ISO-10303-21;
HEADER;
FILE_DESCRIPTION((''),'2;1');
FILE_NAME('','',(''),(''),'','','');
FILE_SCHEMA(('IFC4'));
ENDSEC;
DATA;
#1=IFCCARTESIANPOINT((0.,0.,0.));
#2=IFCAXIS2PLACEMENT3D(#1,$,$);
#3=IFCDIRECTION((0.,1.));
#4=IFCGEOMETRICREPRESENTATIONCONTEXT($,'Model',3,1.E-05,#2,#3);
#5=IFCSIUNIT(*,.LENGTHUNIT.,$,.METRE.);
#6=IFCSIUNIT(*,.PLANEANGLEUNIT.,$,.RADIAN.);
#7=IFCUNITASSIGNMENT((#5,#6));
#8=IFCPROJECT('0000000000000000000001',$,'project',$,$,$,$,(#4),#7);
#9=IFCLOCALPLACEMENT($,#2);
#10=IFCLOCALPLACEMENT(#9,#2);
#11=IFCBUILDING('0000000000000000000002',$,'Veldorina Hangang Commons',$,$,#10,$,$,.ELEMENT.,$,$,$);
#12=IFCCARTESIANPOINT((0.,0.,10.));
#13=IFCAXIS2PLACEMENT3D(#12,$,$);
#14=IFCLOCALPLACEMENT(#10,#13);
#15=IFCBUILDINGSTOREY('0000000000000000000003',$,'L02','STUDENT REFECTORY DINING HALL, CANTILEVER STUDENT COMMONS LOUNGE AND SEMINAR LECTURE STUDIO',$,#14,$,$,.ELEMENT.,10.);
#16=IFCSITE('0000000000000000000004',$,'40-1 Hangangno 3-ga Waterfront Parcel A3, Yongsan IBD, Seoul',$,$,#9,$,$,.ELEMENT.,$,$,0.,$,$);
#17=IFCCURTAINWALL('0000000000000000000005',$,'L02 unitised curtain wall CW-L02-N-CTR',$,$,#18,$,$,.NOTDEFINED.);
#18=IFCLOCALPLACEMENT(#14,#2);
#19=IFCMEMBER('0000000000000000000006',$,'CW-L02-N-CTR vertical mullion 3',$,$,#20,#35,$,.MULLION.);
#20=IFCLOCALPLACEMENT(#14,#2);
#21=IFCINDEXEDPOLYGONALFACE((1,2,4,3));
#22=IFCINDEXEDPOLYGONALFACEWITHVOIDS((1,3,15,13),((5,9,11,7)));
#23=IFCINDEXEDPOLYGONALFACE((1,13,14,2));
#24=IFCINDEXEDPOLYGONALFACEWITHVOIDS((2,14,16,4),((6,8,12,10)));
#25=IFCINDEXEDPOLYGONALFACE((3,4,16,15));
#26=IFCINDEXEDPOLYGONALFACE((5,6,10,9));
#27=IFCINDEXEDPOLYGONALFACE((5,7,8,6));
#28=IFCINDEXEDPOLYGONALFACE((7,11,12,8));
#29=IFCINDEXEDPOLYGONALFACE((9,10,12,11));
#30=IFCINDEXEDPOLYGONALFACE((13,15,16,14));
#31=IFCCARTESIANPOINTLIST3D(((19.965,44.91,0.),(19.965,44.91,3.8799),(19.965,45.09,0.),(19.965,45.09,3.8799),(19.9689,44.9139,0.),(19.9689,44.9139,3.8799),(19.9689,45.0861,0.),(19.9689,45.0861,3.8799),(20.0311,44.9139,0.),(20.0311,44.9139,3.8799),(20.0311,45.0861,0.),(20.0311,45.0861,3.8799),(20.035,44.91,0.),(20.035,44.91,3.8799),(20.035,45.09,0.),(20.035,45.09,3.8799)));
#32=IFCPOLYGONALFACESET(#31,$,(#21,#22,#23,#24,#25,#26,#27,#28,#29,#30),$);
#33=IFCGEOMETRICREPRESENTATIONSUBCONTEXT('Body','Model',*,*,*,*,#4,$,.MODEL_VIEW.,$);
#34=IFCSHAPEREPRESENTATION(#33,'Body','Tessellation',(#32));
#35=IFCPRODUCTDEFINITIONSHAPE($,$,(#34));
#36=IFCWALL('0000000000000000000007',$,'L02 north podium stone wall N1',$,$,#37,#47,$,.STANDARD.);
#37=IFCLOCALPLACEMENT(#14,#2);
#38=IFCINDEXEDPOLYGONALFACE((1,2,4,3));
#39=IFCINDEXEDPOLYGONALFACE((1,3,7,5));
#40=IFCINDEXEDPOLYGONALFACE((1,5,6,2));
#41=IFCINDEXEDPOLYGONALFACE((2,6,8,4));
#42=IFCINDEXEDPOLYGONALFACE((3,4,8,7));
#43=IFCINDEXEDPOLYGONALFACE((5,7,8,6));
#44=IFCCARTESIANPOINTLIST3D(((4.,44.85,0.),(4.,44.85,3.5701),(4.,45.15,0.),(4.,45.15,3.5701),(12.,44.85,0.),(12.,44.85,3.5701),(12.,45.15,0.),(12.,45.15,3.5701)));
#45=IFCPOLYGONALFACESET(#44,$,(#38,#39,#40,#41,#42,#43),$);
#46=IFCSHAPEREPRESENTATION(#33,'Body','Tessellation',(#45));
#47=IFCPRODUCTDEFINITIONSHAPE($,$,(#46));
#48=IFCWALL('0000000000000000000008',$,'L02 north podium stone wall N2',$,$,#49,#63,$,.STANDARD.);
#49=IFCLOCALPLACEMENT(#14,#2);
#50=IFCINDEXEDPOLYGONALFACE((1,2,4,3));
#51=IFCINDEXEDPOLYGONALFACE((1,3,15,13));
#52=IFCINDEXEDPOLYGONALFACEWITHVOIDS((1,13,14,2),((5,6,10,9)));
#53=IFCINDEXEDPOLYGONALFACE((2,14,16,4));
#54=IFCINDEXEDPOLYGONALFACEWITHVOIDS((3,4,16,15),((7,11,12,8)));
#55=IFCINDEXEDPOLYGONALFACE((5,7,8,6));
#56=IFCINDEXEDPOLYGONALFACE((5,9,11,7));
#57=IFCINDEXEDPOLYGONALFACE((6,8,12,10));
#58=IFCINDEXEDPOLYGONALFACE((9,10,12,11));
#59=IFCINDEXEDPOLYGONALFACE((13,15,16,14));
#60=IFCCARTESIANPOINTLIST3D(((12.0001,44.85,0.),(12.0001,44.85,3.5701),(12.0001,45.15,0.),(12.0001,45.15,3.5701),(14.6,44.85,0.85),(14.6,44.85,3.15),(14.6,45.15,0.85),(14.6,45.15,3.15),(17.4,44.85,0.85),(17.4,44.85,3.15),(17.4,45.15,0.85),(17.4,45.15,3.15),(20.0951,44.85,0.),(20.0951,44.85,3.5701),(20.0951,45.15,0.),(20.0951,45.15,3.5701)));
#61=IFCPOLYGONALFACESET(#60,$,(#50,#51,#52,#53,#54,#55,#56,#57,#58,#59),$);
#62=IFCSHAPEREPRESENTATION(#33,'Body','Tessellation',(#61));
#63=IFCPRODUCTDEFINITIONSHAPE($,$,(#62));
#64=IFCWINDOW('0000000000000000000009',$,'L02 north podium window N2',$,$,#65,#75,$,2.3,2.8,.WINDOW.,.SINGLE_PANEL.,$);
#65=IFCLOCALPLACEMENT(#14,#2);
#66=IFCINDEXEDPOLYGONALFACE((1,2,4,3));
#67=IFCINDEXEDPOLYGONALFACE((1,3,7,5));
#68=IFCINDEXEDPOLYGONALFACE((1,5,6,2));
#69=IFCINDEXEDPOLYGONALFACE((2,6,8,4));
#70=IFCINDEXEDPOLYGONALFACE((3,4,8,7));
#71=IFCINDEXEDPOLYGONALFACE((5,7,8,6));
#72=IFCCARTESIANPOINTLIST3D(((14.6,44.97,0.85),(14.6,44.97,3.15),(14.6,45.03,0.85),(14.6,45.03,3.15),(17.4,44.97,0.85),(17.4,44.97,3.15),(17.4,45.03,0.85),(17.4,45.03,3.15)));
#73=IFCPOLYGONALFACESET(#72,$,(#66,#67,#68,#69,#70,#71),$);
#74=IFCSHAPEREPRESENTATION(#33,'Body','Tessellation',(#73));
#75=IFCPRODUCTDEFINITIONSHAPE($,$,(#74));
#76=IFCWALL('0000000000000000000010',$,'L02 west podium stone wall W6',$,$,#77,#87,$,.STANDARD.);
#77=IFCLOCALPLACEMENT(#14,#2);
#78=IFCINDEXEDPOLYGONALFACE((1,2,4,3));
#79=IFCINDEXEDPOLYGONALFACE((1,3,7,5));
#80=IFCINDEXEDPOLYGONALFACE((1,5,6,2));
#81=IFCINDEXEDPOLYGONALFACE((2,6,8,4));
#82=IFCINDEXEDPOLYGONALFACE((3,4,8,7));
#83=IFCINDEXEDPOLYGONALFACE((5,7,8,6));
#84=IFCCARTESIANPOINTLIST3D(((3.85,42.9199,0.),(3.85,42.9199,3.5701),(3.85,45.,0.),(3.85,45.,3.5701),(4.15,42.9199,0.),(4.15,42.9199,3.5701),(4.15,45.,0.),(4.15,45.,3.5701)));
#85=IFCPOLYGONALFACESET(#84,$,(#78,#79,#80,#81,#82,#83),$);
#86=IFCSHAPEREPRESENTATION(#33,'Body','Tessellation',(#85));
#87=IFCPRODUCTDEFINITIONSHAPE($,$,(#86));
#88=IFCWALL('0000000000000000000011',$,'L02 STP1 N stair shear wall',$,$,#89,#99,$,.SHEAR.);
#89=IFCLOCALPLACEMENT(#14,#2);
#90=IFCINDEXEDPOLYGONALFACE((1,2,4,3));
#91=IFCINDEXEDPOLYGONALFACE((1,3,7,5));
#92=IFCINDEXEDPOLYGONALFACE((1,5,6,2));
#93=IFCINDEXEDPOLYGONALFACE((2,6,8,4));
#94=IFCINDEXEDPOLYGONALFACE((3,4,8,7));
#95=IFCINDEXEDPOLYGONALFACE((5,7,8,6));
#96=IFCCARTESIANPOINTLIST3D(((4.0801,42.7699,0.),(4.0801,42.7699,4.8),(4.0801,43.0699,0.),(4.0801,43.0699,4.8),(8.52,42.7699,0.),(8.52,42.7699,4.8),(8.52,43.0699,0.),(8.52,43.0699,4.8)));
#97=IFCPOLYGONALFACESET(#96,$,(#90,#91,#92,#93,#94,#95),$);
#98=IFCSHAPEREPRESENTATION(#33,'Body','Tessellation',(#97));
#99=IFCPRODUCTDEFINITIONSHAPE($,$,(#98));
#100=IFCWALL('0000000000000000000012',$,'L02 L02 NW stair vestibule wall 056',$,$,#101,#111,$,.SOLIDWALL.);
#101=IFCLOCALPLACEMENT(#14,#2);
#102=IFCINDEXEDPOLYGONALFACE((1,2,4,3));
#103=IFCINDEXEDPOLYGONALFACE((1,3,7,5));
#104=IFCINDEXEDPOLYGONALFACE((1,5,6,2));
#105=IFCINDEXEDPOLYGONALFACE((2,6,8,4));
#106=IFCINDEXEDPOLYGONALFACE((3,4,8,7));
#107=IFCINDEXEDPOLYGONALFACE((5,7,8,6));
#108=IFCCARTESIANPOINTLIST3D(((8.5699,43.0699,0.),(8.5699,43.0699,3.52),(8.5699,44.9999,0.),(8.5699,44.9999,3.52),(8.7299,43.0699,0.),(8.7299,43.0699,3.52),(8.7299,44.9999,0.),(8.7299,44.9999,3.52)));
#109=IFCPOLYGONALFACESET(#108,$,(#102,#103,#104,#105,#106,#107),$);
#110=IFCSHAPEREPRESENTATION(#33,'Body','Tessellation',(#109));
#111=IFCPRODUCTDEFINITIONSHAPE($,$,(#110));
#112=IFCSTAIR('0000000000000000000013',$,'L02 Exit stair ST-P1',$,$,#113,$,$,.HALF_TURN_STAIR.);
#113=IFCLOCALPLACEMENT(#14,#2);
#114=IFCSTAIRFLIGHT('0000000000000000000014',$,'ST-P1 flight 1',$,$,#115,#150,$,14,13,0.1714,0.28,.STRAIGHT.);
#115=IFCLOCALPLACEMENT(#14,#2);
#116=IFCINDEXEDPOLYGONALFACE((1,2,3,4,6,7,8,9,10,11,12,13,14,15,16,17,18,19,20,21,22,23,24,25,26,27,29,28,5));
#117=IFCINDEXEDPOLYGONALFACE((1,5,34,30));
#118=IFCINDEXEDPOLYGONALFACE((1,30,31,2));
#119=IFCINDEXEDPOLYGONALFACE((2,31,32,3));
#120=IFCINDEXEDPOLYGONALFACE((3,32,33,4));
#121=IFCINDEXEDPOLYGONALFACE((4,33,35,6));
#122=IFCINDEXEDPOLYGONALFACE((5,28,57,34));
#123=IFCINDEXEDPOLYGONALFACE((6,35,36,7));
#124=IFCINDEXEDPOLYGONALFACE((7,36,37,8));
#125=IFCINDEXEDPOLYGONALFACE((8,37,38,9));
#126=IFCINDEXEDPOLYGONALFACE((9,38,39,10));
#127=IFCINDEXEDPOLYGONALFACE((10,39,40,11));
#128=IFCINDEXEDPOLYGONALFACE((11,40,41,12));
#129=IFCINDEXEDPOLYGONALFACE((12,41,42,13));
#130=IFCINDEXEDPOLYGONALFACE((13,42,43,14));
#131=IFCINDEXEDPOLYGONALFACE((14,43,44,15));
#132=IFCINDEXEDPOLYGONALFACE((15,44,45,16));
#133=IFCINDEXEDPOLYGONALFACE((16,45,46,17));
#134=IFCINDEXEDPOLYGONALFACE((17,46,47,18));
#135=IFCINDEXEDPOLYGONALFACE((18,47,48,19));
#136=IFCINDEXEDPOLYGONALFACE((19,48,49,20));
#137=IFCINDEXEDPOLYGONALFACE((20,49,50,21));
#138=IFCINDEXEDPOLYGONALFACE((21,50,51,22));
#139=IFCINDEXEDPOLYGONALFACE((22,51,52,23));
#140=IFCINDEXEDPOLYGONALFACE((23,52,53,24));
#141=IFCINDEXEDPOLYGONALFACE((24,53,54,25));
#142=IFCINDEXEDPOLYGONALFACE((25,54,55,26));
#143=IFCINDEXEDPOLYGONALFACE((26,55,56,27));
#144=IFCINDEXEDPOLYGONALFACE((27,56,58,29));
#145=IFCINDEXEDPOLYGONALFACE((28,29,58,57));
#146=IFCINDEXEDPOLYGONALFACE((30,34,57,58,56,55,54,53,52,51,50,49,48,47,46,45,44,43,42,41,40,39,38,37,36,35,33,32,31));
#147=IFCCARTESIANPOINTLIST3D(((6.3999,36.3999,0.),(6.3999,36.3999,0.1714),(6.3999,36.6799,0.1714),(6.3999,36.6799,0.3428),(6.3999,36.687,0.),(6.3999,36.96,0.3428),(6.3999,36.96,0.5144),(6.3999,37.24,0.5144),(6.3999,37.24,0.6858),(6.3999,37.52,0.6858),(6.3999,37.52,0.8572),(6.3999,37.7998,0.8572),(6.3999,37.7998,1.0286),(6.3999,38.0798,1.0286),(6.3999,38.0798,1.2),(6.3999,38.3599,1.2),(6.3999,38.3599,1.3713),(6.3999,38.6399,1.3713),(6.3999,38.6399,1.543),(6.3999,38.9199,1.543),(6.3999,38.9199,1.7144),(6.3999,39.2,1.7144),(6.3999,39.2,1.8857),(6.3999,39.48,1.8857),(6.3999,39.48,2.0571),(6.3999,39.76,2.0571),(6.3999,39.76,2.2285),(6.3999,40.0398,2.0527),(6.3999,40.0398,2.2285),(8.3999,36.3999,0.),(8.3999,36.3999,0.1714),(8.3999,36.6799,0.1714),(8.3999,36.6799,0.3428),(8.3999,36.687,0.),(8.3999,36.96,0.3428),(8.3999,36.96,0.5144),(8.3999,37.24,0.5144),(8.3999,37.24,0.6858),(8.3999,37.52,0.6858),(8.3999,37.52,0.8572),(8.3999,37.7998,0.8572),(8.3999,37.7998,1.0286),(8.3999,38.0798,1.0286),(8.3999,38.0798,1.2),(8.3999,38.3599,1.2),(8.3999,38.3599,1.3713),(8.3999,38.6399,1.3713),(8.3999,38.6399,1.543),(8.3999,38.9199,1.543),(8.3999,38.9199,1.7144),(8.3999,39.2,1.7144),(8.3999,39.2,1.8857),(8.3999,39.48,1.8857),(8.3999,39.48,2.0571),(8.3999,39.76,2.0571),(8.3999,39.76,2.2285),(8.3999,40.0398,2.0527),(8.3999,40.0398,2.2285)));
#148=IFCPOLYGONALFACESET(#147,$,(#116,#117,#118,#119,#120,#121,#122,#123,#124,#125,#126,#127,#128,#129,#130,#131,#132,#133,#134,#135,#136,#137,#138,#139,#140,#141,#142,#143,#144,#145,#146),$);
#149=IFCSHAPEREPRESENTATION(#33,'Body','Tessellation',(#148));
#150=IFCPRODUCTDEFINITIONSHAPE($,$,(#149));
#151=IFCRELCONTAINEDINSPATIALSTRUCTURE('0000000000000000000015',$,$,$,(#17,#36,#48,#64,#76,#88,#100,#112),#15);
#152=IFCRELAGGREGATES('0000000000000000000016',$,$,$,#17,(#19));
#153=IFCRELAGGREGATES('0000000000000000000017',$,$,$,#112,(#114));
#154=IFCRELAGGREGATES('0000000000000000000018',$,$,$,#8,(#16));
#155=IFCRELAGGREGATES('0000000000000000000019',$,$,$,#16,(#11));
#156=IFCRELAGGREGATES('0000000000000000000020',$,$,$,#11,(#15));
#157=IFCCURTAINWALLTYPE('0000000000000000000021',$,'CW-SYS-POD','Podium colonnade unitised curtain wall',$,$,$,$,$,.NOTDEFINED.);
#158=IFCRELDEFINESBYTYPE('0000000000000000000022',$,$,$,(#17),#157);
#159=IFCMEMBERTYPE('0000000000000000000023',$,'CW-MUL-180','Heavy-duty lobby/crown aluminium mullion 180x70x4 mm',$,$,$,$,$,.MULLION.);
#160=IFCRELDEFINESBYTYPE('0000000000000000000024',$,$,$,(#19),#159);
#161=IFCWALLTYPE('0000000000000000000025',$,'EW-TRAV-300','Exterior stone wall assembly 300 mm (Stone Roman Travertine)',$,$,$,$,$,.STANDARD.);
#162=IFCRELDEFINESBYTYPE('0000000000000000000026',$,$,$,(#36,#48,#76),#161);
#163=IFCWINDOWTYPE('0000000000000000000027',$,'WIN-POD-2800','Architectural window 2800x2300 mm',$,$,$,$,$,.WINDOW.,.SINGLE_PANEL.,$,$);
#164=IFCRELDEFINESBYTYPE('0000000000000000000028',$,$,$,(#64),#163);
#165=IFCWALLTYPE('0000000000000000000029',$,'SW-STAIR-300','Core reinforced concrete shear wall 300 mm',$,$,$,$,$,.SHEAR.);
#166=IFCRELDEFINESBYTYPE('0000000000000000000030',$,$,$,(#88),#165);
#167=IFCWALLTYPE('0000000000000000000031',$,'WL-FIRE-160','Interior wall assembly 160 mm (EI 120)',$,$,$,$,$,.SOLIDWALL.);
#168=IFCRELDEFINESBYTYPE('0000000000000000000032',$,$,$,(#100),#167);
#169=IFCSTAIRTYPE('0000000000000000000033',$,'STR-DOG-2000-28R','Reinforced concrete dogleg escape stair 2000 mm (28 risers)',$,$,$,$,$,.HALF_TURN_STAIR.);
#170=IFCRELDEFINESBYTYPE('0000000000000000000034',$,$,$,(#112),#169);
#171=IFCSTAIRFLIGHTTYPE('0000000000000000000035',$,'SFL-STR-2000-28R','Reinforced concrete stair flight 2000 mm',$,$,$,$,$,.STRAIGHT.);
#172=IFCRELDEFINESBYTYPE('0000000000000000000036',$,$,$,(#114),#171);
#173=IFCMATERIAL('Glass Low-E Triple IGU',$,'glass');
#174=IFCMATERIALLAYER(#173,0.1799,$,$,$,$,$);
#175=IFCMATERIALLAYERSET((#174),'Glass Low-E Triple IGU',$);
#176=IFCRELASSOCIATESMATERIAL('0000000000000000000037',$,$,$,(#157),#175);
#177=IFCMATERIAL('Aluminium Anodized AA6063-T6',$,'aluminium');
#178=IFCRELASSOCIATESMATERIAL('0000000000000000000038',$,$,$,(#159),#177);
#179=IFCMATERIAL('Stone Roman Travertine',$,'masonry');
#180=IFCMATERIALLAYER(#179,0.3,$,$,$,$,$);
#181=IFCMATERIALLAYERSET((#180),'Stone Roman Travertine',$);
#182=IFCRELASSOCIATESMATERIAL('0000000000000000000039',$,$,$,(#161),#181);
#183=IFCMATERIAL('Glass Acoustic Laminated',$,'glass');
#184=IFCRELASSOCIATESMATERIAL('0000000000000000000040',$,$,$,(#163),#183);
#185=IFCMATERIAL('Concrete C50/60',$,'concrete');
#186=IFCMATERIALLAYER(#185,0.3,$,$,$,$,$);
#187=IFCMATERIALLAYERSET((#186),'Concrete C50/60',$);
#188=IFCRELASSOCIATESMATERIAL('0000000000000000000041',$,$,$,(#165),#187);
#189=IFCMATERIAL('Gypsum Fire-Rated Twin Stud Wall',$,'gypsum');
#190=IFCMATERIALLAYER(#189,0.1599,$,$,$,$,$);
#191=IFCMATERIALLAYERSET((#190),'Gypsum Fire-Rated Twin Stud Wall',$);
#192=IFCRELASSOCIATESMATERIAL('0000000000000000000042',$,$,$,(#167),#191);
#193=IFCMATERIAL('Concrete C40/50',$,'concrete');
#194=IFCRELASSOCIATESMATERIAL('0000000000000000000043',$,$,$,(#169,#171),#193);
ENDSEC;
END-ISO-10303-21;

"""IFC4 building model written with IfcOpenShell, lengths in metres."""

from ifc_helpers import new_model, si_unit, direction, frame, frame_2d, origin, origin_2d, place, context, subcontext, project, spatial, polyline, rectangle, hollow_rectangle, outline, extrude, material, layer, layer_set, material_profile, profile_set, type_object, element, fill, aggregate, save


model = new_model("IFC4")

# Units and contexts
model_context = context("Model", 3, precision=1e-05, world=origin(), true_north=direction((0.0, 1.0)))
body_context = subcontext(model_context, "Body", "Model", "MODEL_VIEW")
ifc_project = project(units=[si_unit("LENGTHUNIT", "METRE"), si_unit("PLANEANGLEUNIT", "RADIAN")], contexts=[model_context])

# Site, building, storey
site_placement = place(None, origin())
site = spatial("IfcSite", under=ifc_project, at=site_placement, Name="40-1 Hangangno 3-ga Waterfront Parcel A3, Yongsan IBD, Seoul", CompositionType="ELEMENT", RefElevation=0.0)
building_placement = place(site_placement, origin())
building = spatial("IfcBuilding", under=site, at=building_placement, Name="Veldorina Hangang Commons", CompositionType="ELEMENT")
storey_placement = place(building_placement, frame((0.0, 0.0, 10.0)))
storey = spatial("IfcBuildingStorey", under=building, at=storey_placement, Name="L02", Description="STUDENT REFECTORY DINING HALL, CANTILEVER STUDENT COMMONS LOUNGE AND SEMINAR LECTURE STUDIO", CompositionType="ELEMENT", Elevation=10.0)

# Curtain wall, member
ifc_material_1 = material(Name="Glass Low-E Triple IGU", Category="glass")
ifc_layer_1 = layer(ifc_material_1, 0.1799)
ifc_layer_set_1 = layer_set([ifc_layer_1], Name="Glass Low-E Triple IGU")
curtain_wall_type = type_object("IfcCurtainWallType", Name="CW-SYS-POD", Description="Podium colonnade unitised curtain wall", PredefinedType="NOTDEFINED", material=ifc_layer_set_1)
curtain_wall_placement = place(storey_placement, origin())
curtain_wall = element("IfcCurtainWall", 1, at=curtain_wall_placement, inside=storey, type_object=curtain_wall_type, Name="L02 unitised curtain wall CW-L02-N-CTR", PredefinedType="NOTDEFINED")
ifc_material_2 = material(Name="Aluminium Anodized AA6063-T6", Category="aluminium")
ifc_material_profile_1 = material_profile(ifc_material_2, hollow_rectangle(XDim=0.0701, YDim=0.1799, WallThickness=0.0039, at=origin_2d()), Name="ALU-RHS-180x70x4")
ifc_profile_set_1 = profile_set([ifc_material_profile_1], Name="Aluminium Anodized AA6063-T6")
member_type = type_object("IfcMemberType", Name="CW-MUL-180", Description="Heavy-duty lobby/crown aluminium mullion 180x70x4 mm", PredefinedType="MULLION", material=ifc_profile_set_1)
member_placement = place(storey_placement, frame((20.0, 45.0, 0.0), z_axis=(0.0, 0.0, 1.0), x_axis=(1.0, 0.0, 0.0)))
member = element("IfcMember", 2, at=member_placement, type_object=member_type, Name="CW-L02-N-CTR vertical mullion 3", PredefinedType="MULLION", context=body_context, shape_type="SweptSolid", body=[
    extrude(hollow_rectangle(XDim=0.0701, YDim=0.1799, WallThickness=0.0039, at=origin_2d()), origin(), (0.0, 0.0, 1.0), 3.8799),
])
aggregate(curtain_wall, [member])

# Wall
ifc_material_3 = material(Name="Stone Roman Travertine", Category="masonry")
ifc_layer_2 = layer(ifc_material_3, 0.3)
ifc_layer_set_2 = layer_set([ifc_layer_2], Name="Stone Roman Travertine")
wall_type_1 = type_object("IfcWallType", Name="EW-TRAV-300", Description="Exterior stone wall assembly 300 mm (Stone Roman Travertine)", PredefinedType="STANDARD", material=ifc_layer_set_2)
wall_1_placement = place(storey_placement, frame((12.0, 45.0, 0.0), z_axis=(0.0, 0.0, 1.0), x_axis=(-1.0, 0.0, 0.0)))
element("IfcWall", 3, at=wall_1_placement, inside=storey, type_object=wall_type_1, Name="L02 north podium stone wall N1", PredefinedType="STANDARD", context=body_context, shape_type="SweptSolid", body=[
    extrude(rectangle(XDim=8.0, YDim=0.3, at=frame_2d((4.0, 0.0))), origin(), (0.0, 0.0, 1.0), 3.5701),
])

# Wall, opening, window
wall_2_placement = place(storey_placement, frame((20.095, 45.0, 0.0), z_axis=(0.0, 0.0, 1.0), x_axis=(-1.0, 0.0, 0.0)))
wall_2 = element("IfcWall", 4, at=wall_2_placement, inside=storey, type_object=wall_type_1, Name="L02 north podium stone wall N2", PredefinedType="STANDARD", context=body_context, shape_type="SweptSolid", body=[
    extrude(rectangle(XDim=8.095, YDim=0.3, at=frame_2d((4.0474, 0.0))), origin(), (0.0, 0.0, 1.0), 3.5701),
])
opening_placement = place(wall_2_placement, frame((2.6951, 0.0, 0.8501)))
opening = element("IfcOpeningElement", 5, at=opening_placement, cuts=wall_2, PredefinedType="OPENING", context=body_context, shape_type="SweptSolid", body=[
    extrude(rectangle(XDim=2.8, YDim=2.3, at=frame_2d((1.3999, 1.1499))), frame((0.0, 0.1602, 0.0), z_axis=(0.0, -1.0, 0.0), x_axis=(1.0, 0.0, 0.0)), (0.0, 0.0, 1.0), 0.3201),
])
ifc_material_4 = material(Name="Glass Acoustic Laminated", Category="glass")
window_type = type_object("IfcWindowType", Name="WIN-POD-2800", Description="Architectural window 2800x2300 mm", PartitioningType="SINGLE_PANEL", PredefinedType="WINDOW", material=ifc_material_4)
window_placement = place(opening_placement, origin())
window = element("IfcWindow", 6, at=window_placement, inside=storey, type_object=window_type, Name="L02 north podium window N2", OverallHeight=2.3, OverallWidth=2.8, PartitioningType="SINGLE_PANEL", PredefinedType="WINDOW", context=body_context, shape_type="SweptSolid", body=[
    extrude(rectangle(XDim=2.8, YDim=2.3, at=frame_2d((1.3999, 1.1499))), frame((0.0, 0.03, 0.0), z_axis=(0.0, -1.0, 0.0), x_axis=(1.0, 0.0, 0.0)), (0.0, 0.0, 1.0), 0.0601),
])
fill(opening, window)

# Walls
wall_3_placement = place(storey_placement, frame((4.0, 45.0, 0.0), z_axis=(0.0, 0.0, 1.0), x_axis=(0.0, -1.0, 0.0)))
element("IfcWall", 7, at=wall_3_placement, inside=storey, type_object=wall_type_1, Name="L02 west podium stone wall W6", PredefinedType="STANDARD", context=body_context, shape_type="SweptSolid", body=[
    extrude(rectangle(XDim=2.0801, YDim=0.3, at=frame_2d((1.04, 0.0))), origin(), (0.0, 0.0, 1.0), 3.5701),
])
ifc_material_5 = material(Name="Concrete C50/60", Category="concrete")
ifc_layer_3 = layer(ifc_material_5, 0.3)
ifc_layer_set_3 = layer_set([ifc_layer_3], Name="Concrete C50/60")
wall_type_2 = type_object("IfcWallType", Name="SW-STAIR-300", Description="Core reinforced concrete shear wall 300 mm", PredefinedType="SHEAR", material=ifc_layer_set_3)
wall_4_placement = place(storey_placement, frame((4.0801, 42.9199, 0.0), z_axis=(0.0, 0.0, 1.0), x_axis=(1.0, 0.0, 0.0)))
element("IfcWall", 8, at=wall_4_placement, inside=storey, type_object=wall_type_2, Name="L02 STP1 N stair shear wall", PredefinedType="SHEAR", context=body_context, shape_type="SweptSolid", body=[
    extrude(rectangle(XDim=4.4399, YDim=0.3, at=frame_2d((2.22, 0.0))), origin(), (0.0, 0.0, 1.0), 4.8),
])
ifc_material_6 = material(Name="Gypsum Fire-Rated Twin Stud Wall", Category="gypsum")
ifc_layer_4 = layer(ifc_material_6, 0.1599)
ifc_layer_set_4 = layer_set([ifc_layer_4], Name="Gypsum Fire-Rated Twin Stud Wall")
wall_type_3 = type_object("IfcWallType", Name="WL-FIRE-160", Description="Interior wall assembly 160 mm (EI 120)", PredefinedType="SOLIDWALL", material=ifc_layer_set_4)
wall_5_placement = place(storey_placement, frame((8.6499, 43.0701, 0.0), z_axis=(0.0, 0.0, 1.0), x_axis=(0.0, 1.0, 0.0)))
element("IfcWall", 9, at=wall_5_placement, inside=storey, type_object=wall_type_3, Name="L02 L02 NW stair vestibule wall 056", PredefinedType="SOLIDWALL", context=body_context, shape_type="SweptSolid", body=[
    extrude(rectangle(XDim=1.9299, YDim=0.1599, at=frame_2d((0.9648, 0.0))), origin(), (0.0, 0.0, 1.0), 3.52),
])

# Stair, stair flight
ifc_material_7 = material(Name="Concrete C40/50", Category="concrete")
stair_type = type_object("IfcStairType", Name="STR-DOG-2000-28R", Description="Reinforced concrete dogleg escape stair 2000 mm (28 risers)", PredefinedType="HALF_TURN_STAIR", material=ifc_material_7)
stair_placement = place(storey_placement, origin())
stair = element("IfcStair", 10, at=stair_placement, inside=storey, type_object=stair_type, Name="L02 Exit stair ST-P1", PredefinedType="HALF_TURN_STAIR")
stair_flight_type = type_object("IfcStairFlightType", Name="SFL-STR-2000-28R", Description="Reinforced concrete stair flight 2000 mm", PredefinedType="STRAIGHT", material=ifc_material_7)
stair_flight_1_placement = place(storey_placement, frame((7.3999, 36.3999, 0.0), z_axis=(0.0, 0.0, 1.0), x_axis=(0.0, 1.0, 0.0)))
stair_flight_1 = element("IfcStairFlight", 11, at=stair_flight_1_placement, type_object=stair_flight_type, Name="ST-P1 flight 1", NumberOfRisers=14, NumberOfTreads=13, PredefinedType="STRAIGHT", RiserHeight=0.1714, TreadLength=0.28, context=body_context, shape_type="SweptSolid", body=[
    extrude(outline(polyline([(0.0, 0.0), (0.0, 0.1714), (0.28, 0.1714), (0.28, 0.3428), (0.5601, 0.3428), (0.5601, 0.5144), (0.8401, 0.5144), (0.8401, 0.6858), (1.1201, 0.6858), (1.1201, 0.8572), (1.3999, 0.8572), (1.3999, 1.0286), (1.6799, 1.0286), (1.6799, 1.2), (1.96, 1.2), (1.96, 1.3713), (2.24, 1.3713), (2.24, 1.543), (2.52, 1.543), (2.52, 1.7144), (2.8, 1.7144), (2.8, 1.8857), (3.0801, 1.8857), (3.0801, 2.0571), (3.3601, 2.0571), (3.3601, 2.2285), (3.6399, 2.2285), (3.6399, 2.3999), (3.6399, 2.0527), (0.2871, 0.0), (0.0, 0.0)])), frame((0.0, 1.0, 0.0), z_axis=(0.0, -1.0, 0.0), x_axis=(1.0, 0.0, 0.0)), (0.0, 0.0, 1.0), 2.0),
])
aggregate(stair, [stair_flight_1])

save(model, "model.ifc")
